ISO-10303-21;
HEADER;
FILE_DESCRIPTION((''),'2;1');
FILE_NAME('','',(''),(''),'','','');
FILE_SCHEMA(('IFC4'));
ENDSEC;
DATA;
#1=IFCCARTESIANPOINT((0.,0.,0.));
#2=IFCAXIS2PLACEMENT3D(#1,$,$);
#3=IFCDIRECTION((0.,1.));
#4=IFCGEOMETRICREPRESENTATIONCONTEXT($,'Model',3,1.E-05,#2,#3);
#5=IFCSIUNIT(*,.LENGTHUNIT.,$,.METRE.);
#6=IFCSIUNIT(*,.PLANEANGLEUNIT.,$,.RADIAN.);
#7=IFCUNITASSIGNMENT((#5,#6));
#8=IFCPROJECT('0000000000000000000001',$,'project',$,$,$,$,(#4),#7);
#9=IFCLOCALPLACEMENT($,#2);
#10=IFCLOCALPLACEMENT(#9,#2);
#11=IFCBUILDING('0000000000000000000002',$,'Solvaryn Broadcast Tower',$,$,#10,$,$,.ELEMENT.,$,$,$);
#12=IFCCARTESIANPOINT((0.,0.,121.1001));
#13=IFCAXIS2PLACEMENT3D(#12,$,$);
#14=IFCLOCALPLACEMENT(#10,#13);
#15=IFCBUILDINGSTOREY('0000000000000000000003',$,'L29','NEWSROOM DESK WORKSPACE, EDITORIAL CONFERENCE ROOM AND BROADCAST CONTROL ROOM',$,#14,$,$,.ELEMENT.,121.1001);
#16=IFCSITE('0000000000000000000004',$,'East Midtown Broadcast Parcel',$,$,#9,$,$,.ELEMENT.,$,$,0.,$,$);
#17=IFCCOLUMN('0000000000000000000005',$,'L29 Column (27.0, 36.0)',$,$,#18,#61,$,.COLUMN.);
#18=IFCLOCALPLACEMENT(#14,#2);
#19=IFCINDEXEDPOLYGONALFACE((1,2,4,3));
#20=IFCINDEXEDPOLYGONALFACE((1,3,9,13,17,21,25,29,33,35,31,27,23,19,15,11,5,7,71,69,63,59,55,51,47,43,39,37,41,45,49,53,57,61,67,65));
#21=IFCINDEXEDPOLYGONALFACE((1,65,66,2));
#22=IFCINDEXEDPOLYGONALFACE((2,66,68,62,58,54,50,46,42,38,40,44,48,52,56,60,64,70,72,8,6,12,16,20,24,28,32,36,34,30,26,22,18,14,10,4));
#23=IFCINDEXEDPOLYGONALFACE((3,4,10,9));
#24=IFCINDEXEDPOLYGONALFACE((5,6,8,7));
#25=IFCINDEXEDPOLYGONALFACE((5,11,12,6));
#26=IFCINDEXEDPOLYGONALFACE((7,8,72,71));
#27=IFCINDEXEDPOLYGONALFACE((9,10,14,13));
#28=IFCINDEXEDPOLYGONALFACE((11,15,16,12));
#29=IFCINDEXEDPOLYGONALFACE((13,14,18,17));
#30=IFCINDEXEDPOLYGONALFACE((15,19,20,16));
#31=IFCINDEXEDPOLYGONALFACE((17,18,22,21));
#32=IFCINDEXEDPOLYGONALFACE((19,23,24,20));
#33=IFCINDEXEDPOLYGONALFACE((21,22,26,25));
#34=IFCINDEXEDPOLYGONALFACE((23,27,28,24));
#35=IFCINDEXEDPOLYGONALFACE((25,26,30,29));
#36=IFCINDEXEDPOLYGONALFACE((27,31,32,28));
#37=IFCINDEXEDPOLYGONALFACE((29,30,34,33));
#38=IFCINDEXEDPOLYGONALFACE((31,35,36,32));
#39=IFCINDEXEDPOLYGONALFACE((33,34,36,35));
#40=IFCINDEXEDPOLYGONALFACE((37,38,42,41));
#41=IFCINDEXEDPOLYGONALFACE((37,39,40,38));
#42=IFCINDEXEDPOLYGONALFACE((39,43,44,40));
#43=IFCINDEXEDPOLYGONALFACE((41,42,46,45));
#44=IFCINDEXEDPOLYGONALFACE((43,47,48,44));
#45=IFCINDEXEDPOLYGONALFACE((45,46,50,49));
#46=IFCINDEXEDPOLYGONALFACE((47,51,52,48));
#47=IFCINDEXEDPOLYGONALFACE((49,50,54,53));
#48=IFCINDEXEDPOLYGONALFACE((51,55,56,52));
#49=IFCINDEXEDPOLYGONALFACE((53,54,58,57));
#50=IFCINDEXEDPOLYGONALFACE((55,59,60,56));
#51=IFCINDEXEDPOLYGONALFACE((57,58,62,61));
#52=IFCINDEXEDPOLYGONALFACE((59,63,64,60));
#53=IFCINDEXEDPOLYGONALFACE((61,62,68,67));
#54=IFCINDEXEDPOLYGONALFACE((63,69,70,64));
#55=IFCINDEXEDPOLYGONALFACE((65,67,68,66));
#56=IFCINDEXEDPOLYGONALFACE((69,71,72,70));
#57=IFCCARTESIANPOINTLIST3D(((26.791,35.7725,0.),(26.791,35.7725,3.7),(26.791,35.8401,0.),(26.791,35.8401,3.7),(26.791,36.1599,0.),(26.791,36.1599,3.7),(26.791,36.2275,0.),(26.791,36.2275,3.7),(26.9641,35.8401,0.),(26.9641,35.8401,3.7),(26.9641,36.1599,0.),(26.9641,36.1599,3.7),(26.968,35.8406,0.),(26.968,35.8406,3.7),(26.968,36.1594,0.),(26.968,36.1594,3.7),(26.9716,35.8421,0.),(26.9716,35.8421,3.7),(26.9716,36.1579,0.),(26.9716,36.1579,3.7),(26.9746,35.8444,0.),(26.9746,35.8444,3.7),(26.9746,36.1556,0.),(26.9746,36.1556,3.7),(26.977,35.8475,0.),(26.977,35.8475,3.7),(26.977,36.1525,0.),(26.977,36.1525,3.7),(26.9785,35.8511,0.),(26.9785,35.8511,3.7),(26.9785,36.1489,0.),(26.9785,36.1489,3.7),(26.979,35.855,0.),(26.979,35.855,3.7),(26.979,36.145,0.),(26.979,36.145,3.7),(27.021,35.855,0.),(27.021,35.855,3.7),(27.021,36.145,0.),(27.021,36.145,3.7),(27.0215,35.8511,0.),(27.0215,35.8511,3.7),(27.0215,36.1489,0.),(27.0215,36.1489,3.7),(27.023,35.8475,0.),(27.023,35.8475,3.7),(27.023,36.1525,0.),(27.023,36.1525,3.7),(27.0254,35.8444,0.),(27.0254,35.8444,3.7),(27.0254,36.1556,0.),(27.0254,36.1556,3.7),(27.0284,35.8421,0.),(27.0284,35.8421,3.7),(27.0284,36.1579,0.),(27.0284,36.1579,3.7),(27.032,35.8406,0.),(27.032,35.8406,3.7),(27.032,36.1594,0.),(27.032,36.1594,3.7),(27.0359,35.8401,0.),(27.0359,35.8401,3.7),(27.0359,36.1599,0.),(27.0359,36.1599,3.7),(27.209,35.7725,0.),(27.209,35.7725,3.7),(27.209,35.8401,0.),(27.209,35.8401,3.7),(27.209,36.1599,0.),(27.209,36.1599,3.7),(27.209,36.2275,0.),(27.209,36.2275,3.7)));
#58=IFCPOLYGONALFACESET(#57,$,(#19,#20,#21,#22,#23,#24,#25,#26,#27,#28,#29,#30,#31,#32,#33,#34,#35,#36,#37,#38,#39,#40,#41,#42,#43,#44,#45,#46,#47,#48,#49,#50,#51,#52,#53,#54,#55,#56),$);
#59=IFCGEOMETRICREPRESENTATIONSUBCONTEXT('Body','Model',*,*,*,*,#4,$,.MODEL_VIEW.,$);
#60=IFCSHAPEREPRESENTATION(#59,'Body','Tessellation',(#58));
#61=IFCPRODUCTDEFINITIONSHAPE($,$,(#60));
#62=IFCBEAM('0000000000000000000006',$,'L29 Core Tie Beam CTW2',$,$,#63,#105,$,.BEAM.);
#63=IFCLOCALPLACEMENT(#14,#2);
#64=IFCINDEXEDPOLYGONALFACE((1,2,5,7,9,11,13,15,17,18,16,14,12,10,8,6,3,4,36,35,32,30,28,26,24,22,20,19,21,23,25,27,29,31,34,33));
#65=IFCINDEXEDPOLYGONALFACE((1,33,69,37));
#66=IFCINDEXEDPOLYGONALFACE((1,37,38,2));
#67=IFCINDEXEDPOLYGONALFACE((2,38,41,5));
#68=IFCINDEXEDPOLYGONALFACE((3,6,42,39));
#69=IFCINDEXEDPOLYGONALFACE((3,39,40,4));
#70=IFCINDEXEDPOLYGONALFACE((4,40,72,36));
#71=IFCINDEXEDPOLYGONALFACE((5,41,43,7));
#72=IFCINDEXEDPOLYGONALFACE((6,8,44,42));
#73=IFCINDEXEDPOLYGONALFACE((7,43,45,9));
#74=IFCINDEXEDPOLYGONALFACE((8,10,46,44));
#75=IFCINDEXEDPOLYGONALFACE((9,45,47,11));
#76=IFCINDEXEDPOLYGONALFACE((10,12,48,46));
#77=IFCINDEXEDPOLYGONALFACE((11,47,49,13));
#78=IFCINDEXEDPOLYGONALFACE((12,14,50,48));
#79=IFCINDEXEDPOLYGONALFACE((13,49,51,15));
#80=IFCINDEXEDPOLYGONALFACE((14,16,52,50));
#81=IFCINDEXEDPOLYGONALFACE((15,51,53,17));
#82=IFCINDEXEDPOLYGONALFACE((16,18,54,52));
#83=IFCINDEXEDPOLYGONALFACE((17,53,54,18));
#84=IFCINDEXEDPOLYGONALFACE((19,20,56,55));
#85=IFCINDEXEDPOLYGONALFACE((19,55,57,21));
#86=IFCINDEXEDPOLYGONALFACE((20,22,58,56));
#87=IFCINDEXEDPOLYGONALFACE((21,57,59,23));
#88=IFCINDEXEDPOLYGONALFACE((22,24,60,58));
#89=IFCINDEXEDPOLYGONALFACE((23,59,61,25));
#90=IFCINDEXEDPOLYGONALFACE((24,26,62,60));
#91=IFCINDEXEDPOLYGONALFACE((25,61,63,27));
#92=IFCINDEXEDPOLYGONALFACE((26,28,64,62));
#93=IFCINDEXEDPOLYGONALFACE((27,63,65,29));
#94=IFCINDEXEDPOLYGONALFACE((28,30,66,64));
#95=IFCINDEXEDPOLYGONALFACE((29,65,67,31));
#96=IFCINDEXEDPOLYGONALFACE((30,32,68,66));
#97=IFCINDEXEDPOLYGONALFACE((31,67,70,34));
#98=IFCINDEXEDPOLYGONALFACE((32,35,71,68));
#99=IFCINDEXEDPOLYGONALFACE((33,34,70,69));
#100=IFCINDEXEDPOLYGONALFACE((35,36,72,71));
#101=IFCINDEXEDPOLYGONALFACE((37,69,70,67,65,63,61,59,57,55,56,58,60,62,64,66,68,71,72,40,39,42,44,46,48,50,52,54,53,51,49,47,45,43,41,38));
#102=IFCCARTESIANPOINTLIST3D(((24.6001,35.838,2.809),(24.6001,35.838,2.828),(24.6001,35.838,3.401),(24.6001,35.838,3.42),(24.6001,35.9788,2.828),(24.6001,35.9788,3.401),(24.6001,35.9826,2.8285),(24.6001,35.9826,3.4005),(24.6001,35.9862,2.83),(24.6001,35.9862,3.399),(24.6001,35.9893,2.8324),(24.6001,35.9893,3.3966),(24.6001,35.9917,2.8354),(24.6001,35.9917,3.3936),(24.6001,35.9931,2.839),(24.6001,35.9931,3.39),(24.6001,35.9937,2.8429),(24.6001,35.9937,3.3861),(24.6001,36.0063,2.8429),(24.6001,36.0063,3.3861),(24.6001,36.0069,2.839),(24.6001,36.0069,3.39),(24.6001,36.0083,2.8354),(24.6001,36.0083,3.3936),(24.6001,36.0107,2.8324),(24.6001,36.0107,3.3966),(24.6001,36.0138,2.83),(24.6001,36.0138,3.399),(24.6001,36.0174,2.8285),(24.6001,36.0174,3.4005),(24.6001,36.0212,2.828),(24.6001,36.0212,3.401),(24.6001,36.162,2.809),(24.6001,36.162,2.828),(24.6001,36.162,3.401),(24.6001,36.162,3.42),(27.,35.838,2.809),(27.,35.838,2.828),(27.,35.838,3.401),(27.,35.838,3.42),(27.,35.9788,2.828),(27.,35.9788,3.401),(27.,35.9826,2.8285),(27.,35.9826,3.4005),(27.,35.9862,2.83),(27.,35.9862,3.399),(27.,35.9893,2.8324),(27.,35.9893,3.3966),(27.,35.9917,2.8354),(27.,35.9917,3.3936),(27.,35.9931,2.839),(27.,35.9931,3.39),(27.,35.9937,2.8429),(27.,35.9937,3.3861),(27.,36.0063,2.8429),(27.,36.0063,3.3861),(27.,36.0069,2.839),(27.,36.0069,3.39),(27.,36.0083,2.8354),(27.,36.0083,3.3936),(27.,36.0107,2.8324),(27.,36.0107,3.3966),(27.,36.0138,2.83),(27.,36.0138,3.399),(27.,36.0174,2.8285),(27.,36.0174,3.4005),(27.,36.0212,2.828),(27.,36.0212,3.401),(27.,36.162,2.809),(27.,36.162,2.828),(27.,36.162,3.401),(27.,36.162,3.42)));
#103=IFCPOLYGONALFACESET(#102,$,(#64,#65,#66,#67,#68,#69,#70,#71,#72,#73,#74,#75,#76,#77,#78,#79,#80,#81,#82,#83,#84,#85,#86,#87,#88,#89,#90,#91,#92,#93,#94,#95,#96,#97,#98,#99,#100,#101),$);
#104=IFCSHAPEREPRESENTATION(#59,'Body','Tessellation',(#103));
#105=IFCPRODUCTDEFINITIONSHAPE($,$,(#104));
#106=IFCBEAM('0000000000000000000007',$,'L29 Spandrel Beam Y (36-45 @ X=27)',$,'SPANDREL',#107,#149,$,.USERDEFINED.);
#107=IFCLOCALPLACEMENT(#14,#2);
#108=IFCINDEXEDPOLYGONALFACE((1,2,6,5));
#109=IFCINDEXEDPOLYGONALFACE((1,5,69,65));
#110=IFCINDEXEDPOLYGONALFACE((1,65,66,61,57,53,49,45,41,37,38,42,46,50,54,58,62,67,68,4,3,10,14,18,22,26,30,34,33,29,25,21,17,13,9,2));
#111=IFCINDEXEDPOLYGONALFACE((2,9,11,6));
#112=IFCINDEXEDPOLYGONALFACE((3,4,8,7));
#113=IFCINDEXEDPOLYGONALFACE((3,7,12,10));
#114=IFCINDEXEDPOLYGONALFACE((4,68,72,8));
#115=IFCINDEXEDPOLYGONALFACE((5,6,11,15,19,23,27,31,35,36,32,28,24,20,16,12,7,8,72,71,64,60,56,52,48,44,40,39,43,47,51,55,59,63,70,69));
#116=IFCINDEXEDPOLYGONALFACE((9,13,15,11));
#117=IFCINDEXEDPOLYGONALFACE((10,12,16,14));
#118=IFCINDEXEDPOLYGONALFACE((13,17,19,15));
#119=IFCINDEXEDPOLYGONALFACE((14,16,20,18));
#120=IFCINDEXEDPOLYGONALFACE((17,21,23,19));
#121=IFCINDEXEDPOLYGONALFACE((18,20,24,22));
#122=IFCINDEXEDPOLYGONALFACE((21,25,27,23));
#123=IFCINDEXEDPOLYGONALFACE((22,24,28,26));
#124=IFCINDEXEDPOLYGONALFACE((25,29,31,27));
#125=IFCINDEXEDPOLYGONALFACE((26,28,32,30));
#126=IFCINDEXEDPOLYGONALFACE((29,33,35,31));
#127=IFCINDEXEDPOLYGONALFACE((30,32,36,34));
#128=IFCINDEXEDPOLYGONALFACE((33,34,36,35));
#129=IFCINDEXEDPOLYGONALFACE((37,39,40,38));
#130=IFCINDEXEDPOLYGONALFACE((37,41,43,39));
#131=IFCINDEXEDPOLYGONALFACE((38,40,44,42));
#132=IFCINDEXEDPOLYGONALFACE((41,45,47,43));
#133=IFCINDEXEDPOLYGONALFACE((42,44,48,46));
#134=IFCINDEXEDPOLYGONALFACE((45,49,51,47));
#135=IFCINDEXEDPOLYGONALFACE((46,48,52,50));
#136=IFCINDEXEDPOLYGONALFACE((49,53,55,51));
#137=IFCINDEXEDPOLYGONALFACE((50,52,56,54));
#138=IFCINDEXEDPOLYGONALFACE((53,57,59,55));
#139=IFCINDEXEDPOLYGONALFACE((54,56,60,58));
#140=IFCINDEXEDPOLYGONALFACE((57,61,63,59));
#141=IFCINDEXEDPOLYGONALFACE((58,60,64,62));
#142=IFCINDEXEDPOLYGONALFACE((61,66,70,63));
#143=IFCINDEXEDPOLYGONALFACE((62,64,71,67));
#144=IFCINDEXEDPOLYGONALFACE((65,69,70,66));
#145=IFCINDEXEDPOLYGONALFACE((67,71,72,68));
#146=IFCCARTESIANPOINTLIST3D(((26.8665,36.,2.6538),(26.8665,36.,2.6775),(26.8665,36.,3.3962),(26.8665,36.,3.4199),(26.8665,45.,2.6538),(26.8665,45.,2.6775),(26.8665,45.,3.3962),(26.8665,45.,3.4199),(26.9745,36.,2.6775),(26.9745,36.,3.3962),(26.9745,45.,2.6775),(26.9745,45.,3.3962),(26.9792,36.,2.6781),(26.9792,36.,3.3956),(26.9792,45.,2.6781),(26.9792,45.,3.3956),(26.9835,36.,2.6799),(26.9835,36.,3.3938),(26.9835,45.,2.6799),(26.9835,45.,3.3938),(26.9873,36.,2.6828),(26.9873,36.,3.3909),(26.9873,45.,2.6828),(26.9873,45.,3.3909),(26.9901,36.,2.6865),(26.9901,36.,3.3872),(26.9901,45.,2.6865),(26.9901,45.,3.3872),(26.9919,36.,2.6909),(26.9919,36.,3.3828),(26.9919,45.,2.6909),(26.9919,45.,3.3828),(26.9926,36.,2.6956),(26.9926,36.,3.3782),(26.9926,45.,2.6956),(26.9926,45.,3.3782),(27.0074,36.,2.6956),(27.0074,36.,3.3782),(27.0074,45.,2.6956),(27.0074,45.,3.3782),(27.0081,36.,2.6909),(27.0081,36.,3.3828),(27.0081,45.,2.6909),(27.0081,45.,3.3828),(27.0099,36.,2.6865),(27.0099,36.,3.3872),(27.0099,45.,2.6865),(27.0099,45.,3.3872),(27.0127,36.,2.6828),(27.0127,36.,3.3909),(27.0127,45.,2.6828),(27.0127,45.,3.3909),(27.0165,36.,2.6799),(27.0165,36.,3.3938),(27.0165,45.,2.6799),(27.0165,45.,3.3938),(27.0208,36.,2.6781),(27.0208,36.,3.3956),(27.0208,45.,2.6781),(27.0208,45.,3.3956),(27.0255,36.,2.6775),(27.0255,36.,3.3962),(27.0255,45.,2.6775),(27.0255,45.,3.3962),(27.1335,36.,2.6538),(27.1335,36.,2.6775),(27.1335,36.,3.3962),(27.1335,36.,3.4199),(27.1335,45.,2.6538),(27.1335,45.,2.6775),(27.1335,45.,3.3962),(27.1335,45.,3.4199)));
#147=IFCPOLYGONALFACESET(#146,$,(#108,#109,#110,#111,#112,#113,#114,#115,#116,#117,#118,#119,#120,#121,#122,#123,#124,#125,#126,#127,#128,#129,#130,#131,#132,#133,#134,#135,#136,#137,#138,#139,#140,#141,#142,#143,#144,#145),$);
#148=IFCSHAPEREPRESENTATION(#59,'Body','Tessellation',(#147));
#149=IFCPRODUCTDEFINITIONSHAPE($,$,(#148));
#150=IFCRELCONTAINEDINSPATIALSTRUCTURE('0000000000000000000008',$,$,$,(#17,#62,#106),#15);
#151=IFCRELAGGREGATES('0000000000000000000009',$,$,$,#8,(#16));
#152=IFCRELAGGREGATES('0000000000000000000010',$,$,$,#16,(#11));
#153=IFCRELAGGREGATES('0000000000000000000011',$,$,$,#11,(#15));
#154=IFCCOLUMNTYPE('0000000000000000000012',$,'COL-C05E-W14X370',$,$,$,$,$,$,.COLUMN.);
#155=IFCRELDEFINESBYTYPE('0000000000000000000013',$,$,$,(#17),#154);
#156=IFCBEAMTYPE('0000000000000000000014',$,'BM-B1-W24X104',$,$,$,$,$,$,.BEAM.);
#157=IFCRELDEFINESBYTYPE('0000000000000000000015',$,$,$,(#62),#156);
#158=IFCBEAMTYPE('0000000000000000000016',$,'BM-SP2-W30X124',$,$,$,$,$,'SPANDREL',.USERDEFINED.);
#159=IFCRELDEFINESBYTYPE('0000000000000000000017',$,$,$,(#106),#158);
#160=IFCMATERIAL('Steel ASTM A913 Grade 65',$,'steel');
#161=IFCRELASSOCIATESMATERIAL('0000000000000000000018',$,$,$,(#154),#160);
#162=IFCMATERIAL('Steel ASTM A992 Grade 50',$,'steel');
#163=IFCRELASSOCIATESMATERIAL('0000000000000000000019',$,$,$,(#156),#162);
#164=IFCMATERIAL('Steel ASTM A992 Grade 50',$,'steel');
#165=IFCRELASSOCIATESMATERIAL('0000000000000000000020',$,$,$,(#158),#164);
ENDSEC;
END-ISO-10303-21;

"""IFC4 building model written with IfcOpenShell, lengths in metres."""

from ifc_helpers import new_model, si_unit, direction, frame, origin, origin_2d, place, context, subcontext, project, spatial, i_section, extrude, material, material_profile, profile_set, type_object, element, save


model = new_model("IFC4")

# Units and contexts
model_context = context("Model", 3, precision=1e-05, world=origin(), true_north=direction((0.0, 1.0)))
body_context = subcontext(model_context, "Body", "Model", "MODEL_VIEW")
ifc_project = project(units=[si_unit("LENGTHUNIT", "METRE"), si_unit("PLANEANGLEUNIT", "RADIAN")], contexts=[model_context])

# Site, building, storey
site_placement = place(None, origin())
site = spatial("IfcSite", under=ifc_project, at=site_placement, Name="East Midtown Broadcast Parcel", CompositionType="ELEMENT", RefElevation=0.0)
building_placement = place(site_placement, origin())
building = spatial("IfcBuilding", under=site, at=building_placement, Name="Solvaryn Broadcast Tower", CompositionType="ELEMENT")
storey_placement = place(building_placement, frame((0.0, 0.0, 121.1001)))
storey = spatial("IfcBuildingStorey", under=building, at=storey_placement, Name="L29", Description="NEWSROOM DESK WORKSPACE, EDITORIAL CONFERENCE ROOM AND BROADCAST CONTROL ROOM", CompositionType="ELEMENT", Elevation=121.1001)

# Column
ifc_material_1 = material(Name="Steel ASTM A913 Grade 65", Category="steel")
ifc_material_profile_1 = material_profile(ifc_material_1, i_section(OverallWidth=0.418, OverallDepth=0.4551, WebThickness=0.042, FlangeThickness=0.0676, FilletRadius=0.0149, at=origin_2d()))
ifc_profile_set_1 = profile_set([ifc_material_profile_1], Name="Steel ASTM A913 Grade 65")
column_type = type_object("IfcColumnType", Name="COL-C05E-W14X370", PredefinedType="COLUMN", material=ifc_profile_set_1)
column_placement = place(storey_placement, frame((27.0, 36.0, 0.0), z_axis=(0.0, 0.0, 1.0), x_axis=(1.0, 0.0, 0.0)))
element("IfcColumn", 1, at=column_placement, inside=storey, type_object=column_type, Name="L29 Column (27.0, 36.0)", PredefinedType="COLUMN", context=body_context, shape_type="SweptSolid", body=[
    extrude(i_section(OverallWidth=0.418, OverallDepth=0.4551, WebThickness=0.042, FlangeThickness=0.0676, FilletRadius=0.0149, at=origin_2d()), origin(), (0.0, 0.0, 1.0), 3.7),
])

# Beams
ifc_material_2 = material(Name="Steel ASTM A992 Grade 50", Category="steel")
ifc_material_profile_2 = material_profile(ifc_material_2, i_section(OverallWidth=0.324, OverallDepth=0.6111, WebThickness=0.0127, FlangeThickness=0.019, FilletRadius=0.0149, at=origin_2d()))
ifc_profile_set_2 = profile_set([ifc_material_profile_2], Name="Steel ASTM A992 Grade 50")
beam_type_1 = type_object("IfcBeamType", Name="BM-B1-W24X104", PredefinedType="BEAM", material=ifc_profile_set_2)
beam_1_placement = place(storey_placement, frame((24.6001, 36.0, 3.1145), z_axis=(1.0, 0.0, 0.0), x_axis=(0.0, 1.0, 0.0)))
element("IfcBeam", 2, at=beam_1_placement, inside=storey, type_object=beam_type_1, Name="L29 Core Tie Beam CTW2", PredefinedType="BEAM", context=body_context, shape_type="SweptSolid", body=[
    extrude(i_section(OverallWidth=0.324, OverallDepth=0.6111, WebThickness=0.0127, FlangeThickness=0.019, FilletRadius=0.0149, at=origin_2d()), origin(), (0.0, 0.0, 1.0), 2.3999),
])
ifc_material_3 = material(Name="Steel ASTM A992 Grade 50", Category="steel")
ifc_material_profile_3 = material_profile(ifc_material_3, i_section(OverallWidth=0.2671, OverallDepth=0.7661, WebThickness=0.0149, FlangeThickness=0.0237, FilletRadius=0.0181, at=origin_2d()))
ifc_profile_set_3 = profile_set([ifc_material_profile_3], Name="Steel ASTM A992 Grade 50")
beam_type_2 = type_object("IfcBeamType", Name="BM-SP2-W30X124", ElementType="SPANDREL", PredefinedType="USERDEFINED", material=ifc_profile_set_3)
beam_2_placement = place(storey_placement, frame((27.0, 36.0, 3.0369), z_axis=(0.0, 1.0, 0.0), x_axis=(-1.0, 0.0, 0.0)))
element("IfcBeam", 3, at=beam_2_placement, inside=storey, type_object=beam_type_2, Name="L29 Spandrel Beam Y (36-45 @ X=27)", ObjectType="SPANDREL", PredefinedType="USERDEFINED", context=body_context, shape_type="SweptSolid", body=[
    extrude(i_section(OverallWidth=0.2671, OverallDepth=0.7661, WebThickness=0.0149, FlangeThickness=0.0237, FilletRadius=0.0181, at=origin_2d()), origin(), (0.0, 0.0, 1.0), 9.0),
])

save(model, "model.ifc")
